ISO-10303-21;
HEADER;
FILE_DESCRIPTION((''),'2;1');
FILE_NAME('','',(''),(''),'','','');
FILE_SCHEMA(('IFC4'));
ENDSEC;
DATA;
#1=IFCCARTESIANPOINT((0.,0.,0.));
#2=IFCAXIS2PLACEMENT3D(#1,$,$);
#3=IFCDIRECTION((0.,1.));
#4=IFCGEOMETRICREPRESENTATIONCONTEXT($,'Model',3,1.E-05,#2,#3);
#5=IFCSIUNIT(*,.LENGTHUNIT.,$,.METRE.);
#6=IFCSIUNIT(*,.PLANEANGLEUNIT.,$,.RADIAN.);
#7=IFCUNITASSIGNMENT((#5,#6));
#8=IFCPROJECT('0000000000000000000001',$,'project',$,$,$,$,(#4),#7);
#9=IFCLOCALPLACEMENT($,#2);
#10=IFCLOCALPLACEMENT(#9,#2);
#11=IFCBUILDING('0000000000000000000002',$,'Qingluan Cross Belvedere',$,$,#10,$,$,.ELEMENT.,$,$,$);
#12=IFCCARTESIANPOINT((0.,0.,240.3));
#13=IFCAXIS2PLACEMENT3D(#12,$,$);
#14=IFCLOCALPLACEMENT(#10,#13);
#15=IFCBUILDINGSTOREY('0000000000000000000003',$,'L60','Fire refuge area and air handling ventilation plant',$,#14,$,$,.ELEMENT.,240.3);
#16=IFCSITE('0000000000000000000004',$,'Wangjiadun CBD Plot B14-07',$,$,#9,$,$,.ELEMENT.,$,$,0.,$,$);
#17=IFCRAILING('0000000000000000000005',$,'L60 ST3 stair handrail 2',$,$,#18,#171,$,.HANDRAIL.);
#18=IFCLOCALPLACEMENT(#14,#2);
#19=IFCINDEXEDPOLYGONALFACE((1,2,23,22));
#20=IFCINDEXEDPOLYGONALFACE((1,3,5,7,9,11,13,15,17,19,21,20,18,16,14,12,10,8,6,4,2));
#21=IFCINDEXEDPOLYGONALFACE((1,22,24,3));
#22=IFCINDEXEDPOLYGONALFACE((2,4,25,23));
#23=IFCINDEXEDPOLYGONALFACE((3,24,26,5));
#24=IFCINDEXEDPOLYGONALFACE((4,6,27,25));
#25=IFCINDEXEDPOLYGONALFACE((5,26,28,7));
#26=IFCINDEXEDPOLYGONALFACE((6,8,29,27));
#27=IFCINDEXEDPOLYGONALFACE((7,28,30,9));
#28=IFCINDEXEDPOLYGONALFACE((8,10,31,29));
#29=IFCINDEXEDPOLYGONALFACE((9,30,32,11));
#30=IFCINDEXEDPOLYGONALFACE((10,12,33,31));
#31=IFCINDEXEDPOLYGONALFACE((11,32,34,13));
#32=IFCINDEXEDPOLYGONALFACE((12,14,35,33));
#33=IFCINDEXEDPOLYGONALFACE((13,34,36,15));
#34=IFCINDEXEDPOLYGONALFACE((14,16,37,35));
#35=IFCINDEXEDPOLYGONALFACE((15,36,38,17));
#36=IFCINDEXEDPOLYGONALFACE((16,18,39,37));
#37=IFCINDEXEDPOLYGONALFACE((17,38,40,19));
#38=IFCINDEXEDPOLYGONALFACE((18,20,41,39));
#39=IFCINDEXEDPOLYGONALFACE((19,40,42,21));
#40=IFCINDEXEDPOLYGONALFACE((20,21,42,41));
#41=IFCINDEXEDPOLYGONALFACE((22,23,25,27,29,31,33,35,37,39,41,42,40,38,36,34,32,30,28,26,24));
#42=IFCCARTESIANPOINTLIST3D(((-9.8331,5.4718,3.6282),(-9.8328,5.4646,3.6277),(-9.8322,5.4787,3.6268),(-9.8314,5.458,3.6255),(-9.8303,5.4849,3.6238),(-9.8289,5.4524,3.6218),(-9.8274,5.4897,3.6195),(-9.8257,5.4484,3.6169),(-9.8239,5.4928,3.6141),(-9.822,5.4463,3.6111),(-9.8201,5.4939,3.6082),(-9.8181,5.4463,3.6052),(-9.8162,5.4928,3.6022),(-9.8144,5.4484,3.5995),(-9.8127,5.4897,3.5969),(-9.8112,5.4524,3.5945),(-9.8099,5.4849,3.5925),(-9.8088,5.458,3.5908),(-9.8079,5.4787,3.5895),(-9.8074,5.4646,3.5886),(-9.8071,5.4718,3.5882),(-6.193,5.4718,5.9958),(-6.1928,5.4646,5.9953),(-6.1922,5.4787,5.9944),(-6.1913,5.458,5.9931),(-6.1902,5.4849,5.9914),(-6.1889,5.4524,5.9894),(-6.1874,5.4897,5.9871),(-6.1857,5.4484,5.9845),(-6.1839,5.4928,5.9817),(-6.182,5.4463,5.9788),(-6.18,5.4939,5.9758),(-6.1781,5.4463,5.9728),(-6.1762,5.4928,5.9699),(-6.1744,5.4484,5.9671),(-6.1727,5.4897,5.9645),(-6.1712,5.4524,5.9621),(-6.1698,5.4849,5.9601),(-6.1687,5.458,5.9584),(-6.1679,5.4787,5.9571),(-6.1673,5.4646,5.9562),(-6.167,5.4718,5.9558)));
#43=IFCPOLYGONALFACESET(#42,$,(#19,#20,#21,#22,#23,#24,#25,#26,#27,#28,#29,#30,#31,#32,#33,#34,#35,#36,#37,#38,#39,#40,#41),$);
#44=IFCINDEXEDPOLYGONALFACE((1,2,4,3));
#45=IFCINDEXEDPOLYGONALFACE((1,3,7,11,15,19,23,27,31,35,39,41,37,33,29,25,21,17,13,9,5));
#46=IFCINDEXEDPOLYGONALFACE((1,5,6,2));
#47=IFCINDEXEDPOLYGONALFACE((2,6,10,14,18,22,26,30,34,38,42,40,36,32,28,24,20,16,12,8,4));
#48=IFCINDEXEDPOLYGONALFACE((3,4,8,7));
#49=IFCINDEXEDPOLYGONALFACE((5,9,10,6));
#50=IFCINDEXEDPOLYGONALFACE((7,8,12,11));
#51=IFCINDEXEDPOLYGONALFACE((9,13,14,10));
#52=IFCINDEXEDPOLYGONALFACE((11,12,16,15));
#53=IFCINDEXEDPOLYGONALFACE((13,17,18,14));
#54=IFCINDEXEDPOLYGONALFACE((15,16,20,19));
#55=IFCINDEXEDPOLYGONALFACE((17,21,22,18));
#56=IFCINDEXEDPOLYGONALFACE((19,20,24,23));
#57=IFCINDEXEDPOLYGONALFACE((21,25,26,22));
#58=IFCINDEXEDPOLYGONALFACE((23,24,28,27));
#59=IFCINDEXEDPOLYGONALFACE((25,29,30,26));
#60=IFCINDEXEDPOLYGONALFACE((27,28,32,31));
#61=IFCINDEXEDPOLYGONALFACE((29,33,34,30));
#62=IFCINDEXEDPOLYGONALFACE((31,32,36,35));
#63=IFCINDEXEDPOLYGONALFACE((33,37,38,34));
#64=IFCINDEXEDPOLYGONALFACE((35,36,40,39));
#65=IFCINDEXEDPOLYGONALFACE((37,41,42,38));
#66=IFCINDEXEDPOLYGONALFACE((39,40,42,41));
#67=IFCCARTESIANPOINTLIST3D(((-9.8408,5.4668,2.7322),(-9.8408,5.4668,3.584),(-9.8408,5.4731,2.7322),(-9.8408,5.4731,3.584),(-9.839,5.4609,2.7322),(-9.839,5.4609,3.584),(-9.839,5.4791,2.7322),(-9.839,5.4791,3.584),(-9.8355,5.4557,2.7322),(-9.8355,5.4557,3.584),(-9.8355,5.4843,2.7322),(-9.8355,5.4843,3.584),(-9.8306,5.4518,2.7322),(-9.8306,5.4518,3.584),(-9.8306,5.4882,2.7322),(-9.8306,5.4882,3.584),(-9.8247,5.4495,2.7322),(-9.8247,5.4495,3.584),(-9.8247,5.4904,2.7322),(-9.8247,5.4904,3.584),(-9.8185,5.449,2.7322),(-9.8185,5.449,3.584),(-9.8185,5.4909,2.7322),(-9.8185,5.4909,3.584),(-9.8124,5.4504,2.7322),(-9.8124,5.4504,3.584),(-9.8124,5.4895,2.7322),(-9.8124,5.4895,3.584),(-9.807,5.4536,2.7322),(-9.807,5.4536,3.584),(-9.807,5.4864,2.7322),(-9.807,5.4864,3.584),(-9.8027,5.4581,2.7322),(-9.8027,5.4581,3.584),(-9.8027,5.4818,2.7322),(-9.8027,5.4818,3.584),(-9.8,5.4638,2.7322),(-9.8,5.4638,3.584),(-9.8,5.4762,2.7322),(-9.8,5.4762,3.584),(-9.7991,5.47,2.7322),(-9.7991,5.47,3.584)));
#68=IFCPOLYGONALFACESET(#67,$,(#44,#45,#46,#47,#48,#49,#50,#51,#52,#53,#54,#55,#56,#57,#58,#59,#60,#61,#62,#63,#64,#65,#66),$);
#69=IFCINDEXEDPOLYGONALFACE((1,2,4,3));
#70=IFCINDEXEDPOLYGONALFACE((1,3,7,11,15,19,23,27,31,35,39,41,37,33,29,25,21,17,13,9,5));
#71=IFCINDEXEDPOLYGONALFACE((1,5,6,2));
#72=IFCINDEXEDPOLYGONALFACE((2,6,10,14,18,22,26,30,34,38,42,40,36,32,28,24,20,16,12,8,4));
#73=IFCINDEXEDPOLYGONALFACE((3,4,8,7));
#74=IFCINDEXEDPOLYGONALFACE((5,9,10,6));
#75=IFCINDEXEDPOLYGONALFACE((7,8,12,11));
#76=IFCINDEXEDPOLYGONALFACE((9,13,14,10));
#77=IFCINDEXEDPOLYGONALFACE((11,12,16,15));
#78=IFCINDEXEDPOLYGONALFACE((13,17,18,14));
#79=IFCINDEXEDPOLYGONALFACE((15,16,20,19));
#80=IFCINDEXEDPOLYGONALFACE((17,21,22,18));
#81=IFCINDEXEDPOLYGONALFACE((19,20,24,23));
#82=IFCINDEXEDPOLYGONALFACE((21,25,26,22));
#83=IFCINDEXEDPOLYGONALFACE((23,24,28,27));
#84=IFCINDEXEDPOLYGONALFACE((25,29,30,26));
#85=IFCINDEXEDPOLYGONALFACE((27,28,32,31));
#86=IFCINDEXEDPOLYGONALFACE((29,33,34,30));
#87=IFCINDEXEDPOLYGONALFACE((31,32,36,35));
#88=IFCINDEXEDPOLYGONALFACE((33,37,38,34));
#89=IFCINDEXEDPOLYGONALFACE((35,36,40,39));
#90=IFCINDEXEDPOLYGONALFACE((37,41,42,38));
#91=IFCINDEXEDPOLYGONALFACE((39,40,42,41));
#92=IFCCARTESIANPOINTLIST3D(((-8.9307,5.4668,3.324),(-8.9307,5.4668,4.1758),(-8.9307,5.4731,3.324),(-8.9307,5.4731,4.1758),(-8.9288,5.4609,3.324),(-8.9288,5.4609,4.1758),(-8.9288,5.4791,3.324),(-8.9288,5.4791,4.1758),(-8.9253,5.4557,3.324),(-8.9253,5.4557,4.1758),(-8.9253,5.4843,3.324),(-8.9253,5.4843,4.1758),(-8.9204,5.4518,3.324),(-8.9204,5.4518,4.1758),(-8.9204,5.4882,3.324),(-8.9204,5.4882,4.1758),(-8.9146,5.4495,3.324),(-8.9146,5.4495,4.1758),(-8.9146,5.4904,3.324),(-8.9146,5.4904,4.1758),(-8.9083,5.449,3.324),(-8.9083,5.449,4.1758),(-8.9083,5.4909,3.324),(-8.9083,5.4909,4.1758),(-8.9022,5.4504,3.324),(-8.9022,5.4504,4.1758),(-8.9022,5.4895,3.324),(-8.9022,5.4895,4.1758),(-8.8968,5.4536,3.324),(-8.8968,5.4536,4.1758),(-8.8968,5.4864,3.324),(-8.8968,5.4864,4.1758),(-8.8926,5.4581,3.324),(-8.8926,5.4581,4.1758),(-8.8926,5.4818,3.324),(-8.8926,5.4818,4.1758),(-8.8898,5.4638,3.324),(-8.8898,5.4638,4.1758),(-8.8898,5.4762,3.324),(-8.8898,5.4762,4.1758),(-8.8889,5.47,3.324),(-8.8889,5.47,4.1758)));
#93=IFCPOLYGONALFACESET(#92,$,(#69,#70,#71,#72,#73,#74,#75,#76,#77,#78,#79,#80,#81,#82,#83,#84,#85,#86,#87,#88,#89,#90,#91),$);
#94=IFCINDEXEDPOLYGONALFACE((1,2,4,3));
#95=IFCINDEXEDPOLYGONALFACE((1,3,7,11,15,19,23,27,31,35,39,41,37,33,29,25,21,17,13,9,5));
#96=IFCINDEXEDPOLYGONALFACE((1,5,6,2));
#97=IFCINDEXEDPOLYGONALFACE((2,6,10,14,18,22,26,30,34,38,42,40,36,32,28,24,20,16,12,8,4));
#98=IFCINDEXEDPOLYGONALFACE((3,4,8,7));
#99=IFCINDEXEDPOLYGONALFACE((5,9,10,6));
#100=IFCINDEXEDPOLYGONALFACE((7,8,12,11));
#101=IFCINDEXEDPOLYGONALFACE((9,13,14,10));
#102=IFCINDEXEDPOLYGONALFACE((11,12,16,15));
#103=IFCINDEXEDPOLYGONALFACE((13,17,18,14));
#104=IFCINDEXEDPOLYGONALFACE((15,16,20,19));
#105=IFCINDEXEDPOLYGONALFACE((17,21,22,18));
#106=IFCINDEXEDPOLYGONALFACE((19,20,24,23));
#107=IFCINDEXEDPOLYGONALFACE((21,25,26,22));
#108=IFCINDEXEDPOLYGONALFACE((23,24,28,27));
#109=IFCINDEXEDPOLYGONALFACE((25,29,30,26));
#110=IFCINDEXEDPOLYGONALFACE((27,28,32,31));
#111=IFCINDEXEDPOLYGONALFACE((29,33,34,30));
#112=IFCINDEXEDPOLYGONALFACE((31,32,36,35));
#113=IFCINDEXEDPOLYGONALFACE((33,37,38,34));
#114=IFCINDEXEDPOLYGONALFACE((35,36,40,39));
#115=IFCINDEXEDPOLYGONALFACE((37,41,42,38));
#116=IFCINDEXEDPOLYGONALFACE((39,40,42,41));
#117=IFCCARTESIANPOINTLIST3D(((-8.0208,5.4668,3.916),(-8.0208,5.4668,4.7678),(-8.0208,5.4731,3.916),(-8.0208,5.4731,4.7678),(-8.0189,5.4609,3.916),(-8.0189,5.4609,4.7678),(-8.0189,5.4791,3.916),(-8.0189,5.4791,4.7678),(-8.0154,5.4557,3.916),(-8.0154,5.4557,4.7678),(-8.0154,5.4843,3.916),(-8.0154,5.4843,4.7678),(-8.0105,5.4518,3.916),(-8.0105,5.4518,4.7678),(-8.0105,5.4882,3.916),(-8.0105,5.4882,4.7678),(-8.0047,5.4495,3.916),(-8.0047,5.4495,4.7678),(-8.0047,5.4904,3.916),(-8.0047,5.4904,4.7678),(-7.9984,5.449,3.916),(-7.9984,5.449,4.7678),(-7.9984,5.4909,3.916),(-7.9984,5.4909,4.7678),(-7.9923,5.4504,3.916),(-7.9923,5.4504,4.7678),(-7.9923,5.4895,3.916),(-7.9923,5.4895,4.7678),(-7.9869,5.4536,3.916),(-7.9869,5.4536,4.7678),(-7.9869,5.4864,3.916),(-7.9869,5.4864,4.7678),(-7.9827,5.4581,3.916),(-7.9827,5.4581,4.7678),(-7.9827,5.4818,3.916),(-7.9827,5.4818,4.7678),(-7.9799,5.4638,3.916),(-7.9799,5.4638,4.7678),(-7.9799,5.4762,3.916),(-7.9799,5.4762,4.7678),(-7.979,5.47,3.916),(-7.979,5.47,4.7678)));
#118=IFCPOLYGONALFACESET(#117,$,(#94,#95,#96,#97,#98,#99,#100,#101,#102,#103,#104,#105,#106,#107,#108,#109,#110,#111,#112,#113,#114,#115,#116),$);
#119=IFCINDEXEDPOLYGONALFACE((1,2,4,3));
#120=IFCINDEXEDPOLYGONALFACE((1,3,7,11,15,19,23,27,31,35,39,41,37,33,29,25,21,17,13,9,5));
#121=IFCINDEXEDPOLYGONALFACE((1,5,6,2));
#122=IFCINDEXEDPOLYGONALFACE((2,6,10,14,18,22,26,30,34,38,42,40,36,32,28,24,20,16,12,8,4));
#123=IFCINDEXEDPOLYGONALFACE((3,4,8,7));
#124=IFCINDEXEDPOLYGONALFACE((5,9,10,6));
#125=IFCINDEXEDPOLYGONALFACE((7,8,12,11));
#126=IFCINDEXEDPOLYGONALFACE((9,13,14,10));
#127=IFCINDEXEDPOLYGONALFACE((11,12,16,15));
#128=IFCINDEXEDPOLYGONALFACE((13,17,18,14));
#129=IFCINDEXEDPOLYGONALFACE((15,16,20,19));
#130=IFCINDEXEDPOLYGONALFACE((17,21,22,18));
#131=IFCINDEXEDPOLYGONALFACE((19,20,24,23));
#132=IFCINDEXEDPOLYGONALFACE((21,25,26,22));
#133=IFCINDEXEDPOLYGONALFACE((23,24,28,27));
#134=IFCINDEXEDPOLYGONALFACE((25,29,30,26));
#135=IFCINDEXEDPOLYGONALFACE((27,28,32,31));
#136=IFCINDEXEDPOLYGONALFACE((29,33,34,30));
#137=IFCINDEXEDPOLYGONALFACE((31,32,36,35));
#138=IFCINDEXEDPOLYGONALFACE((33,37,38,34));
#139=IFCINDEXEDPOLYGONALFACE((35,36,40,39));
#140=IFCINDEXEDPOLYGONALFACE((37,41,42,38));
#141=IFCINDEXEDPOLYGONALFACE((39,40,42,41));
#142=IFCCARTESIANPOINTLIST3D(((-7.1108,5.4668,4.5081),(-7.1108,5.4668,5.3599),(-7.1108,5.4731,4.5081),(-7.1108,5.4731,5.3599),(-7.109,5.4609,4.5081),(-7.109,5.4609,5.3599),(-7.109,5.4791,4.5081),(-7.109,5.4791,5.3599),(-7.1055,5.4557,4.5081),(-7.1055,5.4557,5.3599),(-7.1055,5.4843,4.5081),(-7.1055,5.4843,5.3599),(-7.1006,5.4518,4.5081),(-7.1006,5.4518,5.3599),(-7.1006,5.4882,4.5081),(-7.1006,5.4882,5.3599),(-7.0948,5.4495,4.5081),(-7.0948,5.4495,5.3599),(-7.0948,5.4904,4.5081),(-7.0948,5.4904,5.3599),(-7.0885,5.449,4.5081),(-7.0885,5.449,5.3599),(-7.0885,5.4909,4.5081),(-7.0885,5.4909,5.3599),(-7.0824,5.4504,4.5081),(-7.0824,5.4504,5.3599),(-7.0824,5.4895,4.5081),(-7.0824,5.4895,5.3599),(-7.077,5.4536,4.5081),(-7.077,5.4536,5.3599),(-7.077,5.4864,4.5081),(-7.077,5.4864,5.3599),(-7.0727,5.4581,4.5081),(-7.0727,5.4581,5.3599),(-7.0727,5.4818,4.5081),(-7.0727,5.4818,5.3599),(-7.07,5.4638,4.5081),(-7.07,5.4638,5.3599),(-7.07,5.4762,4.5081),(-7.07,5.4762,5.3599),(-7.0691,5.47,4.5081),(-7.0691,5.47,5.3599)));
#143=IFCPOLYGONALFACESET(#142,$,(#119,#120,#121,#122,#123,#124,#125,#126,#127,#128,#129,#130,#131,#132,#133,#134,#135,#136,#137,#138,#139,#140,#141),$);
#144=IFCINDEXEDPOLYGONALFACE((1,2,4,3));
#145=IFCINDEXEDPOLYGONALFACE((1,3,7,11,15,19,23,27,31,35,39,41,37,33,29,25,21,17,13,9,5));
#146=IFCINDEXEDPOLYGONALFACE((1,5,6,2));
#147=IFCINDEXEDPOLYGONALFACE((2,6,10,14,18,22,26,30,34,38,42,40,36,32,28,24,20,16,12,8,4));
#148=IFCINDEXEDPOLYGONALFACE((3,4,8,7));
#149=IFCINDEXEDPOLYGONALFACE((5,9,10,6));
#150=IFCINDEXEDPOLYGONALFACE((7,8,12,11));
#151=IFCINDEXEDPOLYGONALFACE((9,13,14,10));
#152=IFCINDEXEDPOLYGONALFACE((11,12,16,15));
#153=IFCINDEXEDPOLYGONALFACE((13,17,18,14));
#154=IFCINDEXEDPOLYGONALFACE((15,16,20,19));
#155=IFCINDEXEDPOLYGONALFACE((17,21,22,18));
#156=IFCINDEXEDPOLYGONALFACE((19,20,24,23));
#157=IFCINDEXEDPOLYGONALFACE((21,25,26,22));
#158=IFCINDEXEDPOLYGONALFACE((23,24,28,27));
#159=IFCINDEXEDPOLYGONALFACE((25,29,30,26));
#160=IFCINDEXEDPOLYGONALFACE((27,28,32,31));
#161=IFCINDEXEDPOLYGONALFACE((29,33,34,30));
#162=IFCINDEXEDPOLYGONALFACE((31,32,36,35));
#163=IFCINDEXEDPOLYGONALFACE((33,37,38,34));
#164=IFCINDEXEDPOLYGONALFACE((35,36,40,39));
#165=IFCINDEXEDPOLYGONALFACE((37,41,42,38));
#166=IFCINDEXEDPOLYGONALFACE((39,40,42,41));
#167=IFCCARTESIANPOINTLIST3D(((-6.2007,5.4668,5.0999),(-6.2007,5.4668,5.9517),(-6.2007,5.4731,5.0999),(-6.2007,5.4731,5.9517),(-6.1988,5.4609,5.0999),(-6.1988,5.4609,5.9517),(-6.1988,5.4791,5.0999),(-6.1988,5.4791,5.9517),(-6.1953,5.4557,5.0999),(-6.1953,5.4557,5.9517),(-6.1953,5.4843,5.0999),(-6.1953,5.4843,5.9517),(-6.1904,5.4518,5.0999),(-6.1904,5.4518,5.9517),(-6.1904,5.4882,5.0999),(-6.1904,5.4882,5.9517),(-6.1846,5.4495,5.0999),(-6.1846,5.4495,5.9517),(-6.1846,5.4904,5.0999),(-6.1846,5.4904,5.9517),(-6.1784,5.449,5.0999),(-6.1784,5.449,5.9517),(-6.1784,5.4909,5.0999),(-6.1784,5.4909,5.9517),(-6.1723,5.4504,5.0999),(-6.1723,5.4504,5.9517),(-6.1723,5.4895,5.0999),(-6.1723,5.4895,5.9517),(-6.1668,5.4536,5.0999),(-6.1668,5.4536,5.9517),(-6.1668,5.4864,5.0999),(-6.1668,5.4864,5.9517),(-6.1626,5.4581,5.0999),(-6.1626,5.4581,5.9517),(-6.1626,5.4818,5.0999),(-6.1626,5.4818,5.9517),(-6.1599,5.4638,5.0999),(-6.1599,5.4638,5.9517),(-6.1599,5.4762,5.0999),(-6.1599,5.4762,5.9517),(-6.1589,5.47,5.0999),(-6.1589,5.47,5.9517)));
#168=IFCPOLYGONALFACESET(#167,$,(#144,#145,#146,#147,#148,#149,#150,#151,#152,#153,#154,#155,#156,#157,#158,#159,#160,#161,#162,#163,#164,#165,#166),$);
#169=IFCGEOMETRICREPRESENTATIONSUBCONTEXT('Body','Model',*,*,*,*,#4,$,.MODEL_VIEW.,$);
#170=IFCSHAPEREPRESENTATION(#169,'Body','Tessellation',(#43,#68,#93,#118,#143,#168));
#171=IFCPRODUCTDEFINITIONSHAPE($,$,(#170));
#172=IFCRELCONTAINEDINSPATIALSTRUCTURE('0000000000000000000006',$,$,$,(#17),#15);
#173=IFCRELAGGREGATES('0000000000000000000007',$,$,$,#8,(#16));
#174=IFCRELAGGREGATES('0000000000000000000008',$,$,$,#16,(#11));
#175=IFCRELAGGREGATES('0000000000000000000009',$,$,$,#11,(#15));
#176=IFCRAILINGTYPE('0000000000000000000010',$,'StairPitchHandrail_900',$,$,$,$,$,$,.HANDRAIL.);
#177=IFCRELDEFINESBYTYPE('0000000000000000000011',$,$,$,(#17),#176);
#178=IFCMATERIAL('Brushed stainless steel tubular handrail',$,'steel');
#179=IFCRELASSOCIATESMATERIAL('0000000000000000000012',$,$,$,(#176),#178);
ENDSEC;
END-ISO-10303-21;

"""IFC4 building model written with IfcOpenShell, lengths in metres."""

from ifc_helpers import new_model, si_unit, direction, frame, origin, origin_2d, place, context, subcontext, project, spatial, circle, extrude, material, type_object, element, save


model = new_model("IFC4")

# Units and contexts
model_context = context("Model", 3, precision=1e-05, world=origin(), true_north=direction((0.0, 1.0)))
body_context = subcontext(model_context, "Body", "Model", "MODEL_VIEW")
ifc_project = project(units=[si_unit("LENGTHUNIT", "METRE"), si_unit("PLANEANGLEUNIT", "RADIAN")], contexts=[model_context])

# Site, building, storey
site_placement = place(None, origin())
site = spatial("IfcSite", under=ifc_project, at=site_placement, Name="Wangjiadun CBD Plot B14-07", CompositionType="ELEMENT", RefElevation=0.0)
building_placement = place(site_placement, origin())
building = spatial("IfcBuilding", under=site, at=building_placement, Name="Qingluan Cross Belvedere", CompositionType="ELEMENT")
storey_placement = place(building_placement, frame((0.0, 0.0, 240.3)))
storey = spatial("IfcBuildingStorey", under=building, at=storey_placement, Name="L60", Description="Fire refuge area and air handling ventilation plant", CompositionType="ELEMENT", Elevation=240.3)

# Railing
ifc_material_1 = material(Name="Brushed stainless steel tubular handrail", Category="steel")
railing_type_1 = type_object("IfcRailingType", Name="StairPitchHandrail_900", PredefinedType="HANDRAIL", material=ifc_material_1)
railing_1_placement = place(storey_placement, frame((-9.8201, 5.47, 2.7322)))
element("IfcRailing", 1, at=railing_1_placement, inside=storey, type_object=railing_type_1, Name="L60 ST3 stair handrail 2", PredefinedType="HANDRAIL", context=body_context, shape_type="SweptSolid", body=[
    extrude(circle(Radius=0.0239, at=origin_2d()), frame((0.0, 0.0, 0.876), z_axis=(0.838277, 0.0, 0.545245), x_axis=(0.0, 1.0, 0.0)), (0.0, 0.0, 1.0), 4.3423),
    extrude(circle(Radius=0.021, at=origin_2d()), origin(), (0.0, 0.0, 1.0), 0.8518),
    extrude(circle(Radius=0.021, at=origin_2d()), frame((0.9102, 0.0, 0.5918)), (0.0, 0.0, 1.0), 0.8518),
    extrude(circle(Radius=0.021, at=origin_2d()), frame((1.8201, 0.0, 1.1838)), (0.0, 0.0, 1.0), 0.8518),
    extrude(circle(Radius=0.021, at=origin_2d()), frame((2.73, 0.0, 1.7759)), (0.0, 0.0, 1.0), 0.8518),
    extrude(circle(Radius=0.021, at=origin_2d()), frame((3.6401, 0.0, 2.3677)), (0.0, 0.0, 1.0), 0.8518),
])

save(model, "model.ifc")
